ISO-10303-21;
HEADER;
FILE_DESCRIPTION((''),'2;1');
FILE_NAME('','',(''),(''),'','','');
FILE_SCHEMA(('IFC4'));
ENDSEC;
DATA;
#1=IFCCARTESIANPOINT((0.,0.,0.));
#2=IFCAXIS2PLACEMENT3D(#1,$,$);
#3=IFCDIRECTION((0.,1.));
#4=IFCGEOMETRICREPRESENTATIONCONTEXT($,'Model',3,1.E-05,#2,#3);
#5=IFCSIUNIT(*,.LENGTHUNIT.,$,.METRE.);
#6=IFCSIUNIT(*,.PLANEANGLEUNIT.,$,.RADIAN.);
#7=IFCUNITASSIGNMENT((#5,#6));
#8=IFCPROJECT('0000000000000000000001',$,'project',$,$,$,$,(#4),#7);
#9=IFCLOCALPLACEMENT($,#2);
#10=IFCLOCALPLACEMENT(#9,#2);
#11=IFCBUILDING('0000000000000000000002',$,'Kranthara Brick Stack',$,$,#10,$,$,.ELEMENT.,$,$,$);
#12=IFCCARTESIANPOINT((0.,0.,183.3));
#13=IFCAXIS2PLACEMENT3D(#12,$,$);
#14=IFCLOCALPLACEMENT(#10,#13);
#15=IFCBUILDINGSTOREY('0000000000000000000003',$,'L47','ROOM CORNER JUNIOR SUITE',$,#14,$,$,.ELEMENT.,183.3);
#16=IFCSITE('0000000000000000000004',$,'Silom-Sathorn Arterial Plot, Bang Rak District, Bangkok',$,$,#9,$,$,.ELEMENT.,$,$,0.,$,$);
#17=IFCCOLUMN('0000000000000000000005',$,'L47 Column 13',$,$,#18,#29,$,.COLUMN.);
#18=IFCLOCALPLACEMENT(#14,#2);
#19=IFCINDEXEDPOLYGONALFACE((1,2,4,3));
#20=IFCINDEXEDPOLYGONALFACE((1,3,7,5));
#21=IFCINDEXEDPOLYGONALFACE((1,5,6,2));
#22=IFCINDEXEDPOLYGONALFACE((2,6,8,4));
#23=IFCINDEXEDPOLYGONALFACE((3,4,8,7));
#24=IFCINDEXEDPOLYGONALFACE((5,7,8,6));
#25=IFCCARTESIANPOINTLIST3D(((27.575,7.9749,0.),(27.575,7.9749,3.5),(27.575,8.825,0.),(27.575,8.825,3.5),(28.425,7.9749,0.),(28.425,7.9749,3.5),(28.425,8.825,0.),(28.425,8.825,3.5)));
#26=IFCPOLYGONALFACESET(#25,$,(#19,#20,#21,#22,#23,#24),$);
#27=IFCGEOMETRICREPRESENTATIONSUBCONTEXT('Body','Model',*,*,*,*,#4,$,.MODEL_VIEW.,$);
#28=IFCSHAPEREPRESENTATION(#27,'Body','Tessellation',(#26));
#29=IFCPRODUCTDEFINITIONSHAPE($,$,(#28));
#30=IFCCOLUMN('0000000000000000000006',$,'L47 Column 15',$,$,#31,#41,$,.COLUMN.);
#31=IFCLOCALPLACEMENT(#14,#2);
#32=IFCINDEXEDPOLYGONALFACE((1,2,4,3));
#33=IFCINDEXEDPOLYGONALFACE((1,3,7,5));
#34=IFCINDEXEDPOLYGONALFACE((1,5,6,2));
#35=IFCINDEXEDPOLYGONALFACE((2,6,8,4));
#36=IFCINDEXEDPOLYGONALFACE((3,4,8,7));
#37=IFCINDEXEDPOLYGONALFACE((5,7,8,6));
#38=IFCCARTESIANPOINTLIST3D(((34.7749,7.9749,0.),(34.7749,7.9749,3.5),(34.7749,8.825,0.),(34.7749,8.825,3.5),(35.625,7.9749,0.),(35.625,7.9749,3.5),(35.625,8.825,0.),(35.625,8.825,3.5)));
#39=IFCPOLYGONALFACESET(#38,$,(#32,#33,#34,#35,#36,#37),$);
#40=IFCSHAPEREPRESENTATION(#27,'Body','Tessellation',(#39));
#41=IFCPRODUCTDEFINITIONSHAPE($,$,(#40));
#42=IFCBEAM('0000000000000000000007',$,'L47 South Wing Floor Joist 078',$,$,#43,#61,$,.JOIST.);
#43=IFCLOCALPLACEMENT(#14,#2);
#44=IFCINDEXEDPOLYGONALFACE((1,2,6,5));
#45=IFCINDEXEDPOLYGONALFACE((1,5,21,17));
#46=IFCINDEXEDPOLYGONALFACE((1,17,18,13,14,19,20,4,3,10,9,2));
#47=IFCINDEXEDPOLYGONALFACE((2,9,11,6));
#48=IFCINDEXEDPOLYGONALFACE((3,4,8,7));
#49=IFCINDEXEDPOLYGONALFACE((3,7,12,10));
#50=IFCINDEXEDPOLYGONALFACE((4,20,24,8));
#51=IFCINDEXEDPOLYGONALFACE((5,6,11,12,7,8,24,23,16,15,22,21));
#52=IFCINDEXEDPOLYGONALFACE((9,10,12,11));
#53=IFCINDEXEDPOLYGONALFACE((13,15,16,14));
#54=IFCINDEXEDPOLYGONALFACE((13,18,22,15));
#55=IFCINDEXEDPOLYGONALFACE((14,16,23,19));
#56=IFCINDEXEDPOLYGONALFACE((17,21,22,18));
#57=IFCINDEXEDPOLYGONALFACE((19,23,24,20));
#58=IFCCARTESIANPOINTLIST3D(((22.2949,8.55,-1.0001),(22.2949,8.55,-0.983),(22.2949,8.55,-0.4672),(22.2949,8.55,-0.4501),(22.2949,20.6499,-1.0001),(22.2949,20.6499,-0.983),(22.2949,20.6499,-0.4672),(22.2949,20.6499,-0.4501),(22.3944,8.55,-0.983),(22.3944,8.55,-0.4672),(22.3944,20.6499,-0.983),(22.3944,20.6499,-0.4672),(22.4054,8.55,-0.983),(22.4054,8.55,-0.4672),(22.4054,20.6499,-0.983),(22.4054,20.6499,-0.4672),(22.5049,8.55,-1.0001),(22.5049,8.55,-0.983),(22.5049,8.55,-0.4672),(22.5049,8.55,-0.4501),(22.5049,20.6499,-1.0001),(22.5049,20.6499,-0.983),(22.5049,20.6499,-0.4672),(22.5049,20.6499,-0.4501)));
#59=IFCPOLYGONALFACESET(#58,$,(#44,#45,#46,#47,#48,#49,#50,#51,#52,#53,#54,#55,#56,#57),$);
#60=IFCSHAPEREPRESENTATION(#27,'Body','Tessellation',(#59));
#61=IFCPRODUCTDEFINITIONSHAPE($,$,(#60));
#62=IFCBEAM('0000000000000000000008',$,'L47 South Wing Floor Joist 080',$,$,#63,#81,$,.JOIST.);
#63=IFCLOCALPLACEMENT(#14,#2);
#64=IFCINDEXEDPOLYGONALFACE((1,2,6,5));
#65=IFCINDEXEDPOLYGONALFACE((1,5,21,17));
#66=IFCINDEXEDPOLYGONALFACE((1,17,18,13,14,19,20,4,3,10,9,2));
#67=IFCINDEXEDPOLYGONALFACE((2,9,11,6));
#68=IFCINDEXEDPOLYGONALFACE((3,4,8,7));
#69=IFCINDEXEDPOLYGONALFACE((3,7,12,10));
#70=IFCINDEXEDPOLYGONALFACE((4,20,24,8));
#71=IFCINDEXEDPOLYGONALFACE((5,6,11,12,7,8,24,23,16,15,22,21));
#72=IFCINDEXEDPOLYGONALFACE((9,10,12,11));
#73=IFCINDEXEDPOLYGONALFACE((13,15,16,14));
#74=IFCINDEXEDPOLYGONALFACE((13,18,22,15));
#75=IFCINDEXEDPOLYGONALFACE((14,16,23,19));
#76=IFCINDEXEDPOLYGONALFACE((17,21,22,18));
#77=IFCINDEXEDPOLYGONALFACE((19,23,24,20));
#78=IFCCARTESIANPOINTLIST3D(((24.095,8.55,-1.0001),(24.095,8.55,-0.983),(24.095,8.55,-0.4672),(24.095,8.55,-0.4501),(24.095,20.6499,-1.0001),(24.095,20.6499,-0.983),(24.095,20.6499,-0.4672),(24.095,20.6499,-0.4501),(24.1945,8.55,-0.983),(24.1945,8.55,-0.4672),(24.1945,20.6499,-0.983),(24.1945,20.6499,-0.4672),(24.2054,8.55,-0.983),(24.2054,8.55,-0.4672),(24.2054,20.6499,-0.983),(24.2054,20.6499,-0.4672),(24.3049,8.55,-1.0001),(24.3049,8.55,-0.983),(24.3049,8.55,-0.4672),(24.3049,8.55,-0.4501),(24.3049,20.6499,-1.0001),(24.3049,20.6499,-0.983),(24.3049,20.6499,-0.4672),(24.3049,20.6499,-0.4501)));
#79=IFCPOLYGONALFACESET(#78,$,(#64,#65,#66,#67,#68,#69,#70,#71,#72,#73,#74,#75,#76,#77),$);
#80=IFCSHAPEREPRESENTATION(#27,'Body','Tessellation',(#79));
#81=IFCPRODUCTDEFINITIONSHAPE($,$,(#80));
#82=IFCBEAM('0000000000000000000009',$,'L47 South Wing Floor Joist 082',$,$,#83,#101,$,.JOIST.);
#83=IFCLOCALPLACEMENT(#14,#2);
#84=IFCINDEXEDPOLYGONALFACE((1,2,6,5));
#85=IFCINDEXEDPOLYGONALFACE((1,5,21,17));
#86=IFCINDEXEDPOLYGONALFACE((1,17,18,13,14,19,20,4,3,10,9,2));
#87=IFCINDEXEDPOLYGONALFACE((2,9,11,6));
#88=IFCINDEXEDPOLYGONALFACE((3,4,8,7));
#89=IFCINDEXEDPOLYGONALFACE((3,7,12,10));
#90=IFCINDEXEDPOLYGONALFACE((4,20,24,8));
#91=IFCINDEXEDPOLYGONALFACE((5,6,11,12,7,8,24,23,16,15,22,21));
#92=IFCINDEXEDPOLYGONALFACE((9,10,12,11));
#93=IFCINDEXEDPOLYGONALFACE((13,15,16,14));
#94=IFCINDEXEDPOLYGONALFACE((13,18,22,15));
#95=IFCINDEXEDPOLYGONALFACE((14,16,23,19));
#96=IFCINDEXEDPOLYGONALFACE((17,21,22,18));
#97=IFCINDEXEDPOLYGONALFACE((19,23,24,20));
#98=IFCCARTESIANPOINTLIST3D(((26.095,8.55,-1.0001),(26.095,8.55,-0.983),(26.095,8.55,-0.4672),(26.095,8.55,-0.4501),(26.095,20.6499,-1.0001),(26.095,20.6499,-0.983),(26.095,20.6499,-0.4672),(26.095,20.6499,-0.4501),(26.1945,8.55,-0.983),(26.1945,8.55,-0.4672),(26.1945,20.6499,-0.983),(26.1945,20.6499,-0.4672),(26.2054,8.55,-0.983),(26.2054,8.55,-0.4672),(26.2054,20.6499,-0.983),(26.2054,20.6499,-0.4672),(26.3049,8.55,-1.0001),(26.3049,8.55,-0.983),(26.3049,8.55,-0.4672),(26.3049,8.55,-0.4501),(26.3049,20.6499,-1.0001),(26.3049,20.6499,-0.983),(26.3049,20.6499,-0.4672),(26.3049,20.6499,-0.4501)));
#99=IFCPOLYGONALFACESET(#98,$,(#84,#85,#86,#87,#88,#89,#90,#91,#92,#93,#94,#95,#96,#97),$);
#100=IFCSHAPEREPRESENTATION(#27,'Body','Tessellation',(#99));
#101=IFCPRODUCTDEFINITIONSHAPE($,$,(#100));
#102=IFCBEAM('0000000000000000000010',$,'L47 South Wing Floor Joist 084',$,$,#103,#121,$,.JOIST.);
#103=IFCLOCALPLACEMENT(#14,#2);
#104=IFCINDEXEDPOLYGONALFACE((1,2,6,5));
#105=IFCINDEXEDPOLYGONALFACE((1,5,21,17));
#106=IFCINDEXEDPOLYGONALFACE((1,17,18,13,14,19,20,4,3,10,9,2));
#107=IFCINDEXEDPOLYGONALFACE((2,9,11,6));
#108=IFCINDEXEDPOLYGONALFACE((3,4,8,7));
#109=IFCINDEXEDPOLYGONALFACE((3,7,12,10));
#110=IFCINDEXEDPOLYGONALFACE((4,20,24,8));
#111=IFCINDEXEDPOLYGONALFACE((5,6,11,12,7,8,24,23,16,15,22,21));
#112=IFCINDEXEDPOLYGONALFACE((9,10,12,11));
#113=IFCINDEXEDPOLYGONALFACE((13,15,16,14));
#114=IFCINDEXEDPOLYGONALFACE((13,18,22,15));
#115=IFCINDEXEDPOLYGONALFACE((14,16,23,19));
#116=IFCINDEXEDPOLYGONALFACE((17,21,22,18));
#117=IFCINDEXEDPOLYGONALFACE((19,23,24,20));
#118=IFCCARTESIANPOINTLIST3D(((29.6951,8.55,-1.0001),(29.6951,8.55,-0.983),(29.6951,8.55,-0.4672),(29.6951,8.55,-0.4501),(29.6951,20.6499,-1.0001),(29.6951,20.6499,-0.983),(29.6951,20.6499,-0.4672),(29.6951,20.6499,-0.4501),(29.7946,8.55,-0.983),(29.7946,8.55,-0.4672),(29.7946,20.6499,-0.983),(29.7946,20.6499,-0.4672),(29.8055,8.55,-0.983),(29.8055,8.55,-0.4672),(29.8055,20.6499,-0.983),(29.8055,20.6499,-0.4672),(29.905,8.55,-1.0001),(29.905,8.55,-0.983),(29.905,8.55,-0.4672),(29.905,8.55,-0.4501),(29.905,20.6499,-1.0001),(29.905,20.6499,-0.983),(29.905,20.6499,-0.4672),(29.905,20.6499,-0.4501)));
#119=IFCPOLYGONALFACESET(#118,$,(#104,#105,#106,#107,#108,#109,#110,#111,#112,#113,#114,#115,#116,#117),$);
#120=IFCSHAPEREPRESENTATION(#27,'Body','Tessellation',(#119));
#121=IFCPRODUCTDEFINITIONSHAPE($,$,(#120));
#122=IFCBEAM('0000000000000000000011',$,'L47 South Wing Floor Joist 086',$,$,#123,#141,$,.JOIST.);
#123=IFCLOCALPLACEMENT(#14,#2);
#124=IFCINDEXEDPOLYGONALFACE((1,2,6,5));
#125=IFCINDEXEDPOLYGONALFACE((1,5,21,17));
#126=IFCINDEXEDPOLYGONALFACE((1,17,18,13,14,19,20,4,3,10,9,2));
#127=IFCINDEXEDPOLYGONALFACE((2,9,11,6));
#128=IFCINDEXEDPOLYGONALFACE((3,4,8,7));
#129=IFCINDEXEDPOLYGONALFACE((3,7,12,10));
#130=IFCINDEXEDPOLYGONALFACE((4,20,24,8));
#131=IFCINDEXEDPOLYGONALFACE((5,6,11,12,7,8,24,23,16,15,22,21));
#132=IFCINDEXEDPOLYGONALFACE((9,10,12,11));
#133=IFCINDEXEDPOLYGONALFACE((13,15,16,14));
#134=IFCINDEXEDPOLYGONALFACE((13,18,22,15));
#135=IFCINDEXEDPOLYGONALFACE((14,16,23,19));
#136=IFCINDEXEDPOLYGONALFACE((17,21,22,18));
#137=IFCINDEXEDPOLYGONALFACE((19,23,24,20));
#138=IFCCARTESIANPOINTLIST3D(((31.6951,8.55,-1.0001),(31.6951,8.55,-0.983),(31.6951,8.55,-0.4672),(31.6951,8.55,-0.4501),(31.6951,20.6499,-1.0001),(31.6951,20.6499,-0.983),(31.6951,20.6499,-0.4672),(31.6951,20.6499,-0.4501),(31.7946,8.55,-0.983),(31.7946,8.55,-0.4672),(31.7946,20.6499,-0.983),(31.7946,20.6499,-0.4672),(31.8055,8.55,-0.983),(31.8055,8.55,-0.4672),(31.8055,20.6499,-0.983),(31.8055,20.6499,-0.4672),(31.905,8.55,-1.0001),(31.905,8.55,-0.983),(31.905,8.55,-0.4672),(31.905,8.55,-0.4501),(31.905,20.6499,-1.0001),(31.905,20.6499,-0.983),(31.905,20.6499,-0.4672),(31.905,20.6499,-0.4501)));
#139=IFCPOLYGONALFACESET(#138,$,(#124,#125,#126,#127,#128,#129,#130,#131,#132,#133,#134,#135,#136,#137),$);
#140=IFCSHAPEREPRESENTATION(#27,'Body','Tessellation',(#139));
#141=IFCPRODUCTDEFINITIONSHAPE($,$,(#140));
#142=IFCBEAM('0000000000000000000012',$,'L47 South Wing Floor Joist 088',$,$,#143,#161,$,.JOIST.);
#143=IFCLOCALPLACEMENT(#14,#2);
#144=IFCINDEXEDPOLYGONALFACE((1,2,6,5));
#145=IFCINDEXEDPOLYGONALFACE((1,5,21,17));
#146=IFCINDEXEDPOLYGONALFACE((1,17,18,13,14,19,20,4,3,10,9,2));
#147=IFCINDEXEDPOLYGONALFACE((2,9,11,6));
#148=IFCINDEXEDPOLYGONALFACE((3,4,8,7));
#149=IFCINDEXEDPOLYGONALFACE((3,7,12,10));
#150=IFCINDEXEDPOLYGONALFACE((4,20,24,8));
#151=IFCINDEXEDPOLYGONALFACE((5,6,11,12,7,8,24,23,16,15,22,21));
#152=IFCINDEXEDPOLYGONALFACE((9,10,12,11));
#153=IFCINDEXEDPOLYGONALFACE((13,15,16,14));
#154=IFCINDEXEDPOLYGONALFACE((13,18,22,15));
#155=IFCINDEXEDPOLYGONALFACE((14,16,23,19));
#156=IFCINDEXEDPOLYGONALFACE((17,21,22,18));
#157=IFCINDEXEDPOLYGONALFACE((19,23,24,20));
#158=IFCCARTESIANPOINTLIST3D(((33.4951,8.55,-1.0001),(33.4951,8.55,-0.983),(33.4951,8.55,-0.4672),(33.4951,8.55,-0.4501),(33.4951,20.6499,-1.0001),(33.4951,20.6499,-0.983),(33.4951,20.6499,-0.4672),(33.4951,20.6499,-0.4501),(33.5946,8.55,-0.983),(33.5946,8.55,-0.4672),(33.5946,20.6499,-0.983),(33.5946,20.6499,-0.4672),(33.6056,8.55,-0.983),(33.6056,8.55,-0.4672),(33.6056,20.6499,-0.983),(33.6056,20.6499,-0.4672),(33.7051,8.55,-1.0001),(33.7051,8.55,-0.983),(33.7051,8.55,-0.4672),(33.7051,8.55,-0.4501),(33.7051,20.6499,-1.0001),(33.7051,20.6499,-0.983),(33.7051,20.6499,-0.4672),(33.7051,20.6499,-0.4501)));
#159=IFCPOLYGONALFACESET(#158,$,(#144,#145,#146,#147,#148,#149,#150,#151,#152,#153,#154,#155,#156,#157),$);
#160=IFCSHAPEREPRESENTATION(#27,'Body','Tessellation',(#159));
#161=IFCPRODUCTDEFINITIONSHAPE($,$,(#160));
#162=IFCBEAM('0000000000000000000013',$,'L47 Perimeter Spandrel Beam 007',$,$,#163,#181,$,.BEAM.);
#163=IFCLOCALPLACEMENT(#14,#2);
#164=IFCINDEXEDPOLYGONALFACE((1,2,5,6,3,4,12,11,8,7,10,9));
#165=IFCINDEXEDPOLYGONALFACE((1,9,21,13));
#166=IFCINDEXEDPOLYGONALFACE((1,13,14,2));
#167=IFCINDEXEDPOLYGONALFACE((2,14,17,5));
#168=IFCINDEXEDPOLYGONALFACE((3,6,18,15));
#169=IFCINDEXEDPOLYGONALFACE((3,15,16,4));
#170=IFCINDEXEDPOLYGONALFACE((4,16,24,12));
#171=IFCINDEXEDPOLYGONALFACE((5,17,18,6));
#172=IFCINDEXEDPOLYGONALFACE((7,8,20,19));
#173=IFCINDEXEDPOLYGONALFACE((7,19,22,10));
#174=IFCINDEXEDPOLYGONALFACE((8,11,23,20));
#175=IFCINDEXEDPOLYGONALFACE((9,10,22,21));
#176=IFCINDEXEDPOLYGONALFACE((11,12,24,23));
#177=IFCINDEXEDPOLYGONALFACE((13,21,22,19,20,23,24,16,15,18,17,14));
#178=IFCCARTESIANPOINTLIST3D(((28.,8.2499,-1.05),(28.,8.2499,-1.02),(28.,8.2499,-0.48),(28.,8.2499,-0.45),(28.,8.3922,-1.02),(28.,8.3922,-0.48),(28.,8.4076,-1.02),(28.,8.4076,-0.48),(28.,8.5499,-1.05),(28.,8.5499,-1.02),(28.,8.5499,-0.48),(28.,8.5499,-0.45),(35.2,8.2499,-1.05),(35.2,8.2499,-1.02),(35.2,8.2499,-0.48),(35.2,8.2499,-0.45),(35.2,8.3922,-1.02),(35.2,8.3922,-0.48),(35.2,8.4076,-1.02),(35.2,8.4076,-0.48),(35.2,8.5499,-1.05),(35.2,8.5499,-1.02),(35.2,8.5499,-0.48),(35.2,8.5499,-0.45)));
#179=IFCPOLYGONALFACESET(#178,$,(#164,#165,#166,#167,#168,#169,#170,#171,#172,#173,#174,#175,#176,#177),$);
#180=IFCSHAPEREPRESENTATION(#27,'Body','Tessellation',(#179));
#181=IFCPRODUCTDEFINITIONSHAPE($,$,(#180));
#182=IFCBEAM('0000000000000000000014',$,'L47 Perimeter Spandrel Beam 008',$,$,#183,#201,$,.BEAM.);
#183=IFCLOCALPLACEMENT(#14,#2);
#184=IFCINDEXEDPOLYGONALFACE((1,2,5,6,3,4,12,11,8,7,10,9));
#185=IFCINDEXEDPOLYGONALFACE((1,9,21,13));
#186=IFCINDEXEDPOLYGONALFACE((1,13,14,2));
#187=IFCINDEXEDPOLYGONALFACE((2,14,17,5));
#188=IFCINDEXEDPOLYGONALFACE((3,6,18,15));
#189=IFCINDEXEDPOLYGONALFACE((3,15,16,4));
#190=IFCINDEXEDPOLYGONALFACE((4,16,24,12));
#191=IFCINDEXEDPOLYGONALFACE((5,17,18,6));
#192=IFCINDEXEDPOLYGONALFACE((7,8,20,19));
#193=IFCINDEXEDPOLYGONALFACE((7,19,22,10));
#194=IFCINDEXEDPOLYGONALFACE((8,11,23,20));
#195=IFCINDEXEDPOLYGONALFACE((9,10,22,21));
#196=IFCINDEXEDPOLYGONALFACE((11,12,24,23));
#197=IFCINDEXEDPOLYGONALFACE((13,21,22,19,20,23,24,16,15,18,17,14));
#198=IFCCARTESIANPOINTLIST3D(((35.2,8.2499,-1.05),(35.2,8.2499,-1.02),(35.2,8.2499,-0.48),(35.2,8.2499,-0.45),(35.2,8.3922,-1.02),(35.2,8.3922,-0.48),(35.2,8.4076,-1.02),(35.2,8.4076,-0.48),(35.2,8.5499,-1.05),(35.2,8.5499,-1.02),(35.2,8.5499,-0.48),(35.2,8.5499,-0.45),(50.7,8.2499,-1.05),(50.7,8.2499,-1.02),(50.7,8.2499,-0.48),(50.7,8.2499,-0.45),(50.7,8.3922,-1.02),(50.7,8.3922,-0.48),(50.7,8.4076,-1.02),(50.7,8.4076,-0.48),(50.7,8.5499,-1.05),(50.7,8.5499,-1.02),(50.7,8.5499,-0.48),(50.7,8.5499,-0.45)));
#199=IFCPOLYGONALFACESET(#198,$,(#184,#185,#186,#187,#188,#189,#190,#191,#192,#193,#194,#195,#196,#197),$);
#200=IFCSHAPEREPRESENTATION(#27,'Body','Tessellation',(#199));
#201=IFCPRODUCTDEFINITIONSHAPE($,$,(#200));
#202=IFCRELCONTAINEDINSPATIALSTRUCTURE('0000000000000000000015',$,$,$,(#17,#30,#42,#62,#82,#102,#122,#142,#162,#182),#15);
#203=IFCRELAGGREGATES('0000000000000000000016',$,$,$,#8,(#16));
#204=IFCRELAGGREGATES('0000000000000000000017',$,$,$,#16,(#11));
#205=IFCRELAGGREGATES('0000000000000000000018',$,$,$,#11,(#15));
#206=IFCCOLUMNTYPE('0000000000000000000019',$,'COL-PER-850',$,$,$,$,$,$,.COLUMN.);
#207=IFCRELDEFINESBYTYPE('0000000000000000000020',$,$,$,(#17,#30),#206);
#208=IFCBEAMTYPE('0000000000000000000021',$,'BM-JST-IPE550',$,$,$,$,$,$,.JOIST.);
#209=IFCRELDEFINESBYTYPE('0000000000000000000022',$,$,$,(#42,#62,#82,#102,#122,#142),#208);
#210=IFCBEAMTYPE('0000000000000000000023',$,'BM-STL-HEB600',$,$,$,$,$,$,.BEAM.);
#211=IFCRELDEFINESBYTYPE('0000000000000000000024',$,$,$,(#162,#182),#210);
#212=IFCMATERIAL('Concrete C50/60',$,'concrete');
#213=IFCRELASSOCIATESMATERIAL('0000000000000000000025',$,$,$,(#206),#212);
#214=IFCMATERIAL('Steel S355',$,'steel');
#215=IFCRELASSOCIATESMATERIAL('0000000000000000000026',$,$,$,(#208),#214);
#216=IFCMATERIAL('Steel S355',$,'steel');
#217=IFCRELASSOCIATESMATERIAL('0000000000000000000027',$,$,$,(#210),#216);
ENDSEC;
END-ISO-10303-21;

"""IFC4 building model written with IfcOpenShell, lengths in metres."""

from ifc_helpers import new_model, si_unit, direction, frame, origin, origin_2d, place, context, subcontext, project, spatial, rectangle, i_section, extrude, material, material_profile, profile_set, type_object, element, save


model = new_model("IFC4")

# Units and contexts
model_context = context("Model", 3, precision=1e-05, world=origin(), true_north=direction((0.0, 1.0)))
body_context = subcontext(model_context, "Body", "Model", "MODEL_VIEW")
ifc_project = project(units=[si_unit("LENGTHUNIT", "METRE"), si_unit("PLANEANGLEUNIT", "RADIAN")], contexts=[model_context])

# Site, building, storey
site_placement = place(None, origin())
site = spatial("IfcSite", under=ifc_project, at=site_placement, Name="Silom-Sathorn Arterial Plot, Bang Rak District, Bangkok", CompositionType="ELEMENT", RefElevation=0.0)
building_placement = place(site_placement, origin())
building = spatial("IfcBuilding", under=site, at=building_placement, Name="Kranthara Brick Stack", CompositionType="ELEMENT")
storey_placement = place(building_placement, frame((0.0, 0.0, 183.3)))
storey = spatial("IfcBuildingStorey", under=building, at=storey_placement, Name="L47", Description="ROOM CORNER JUNIOR SUITE", CompositionType="ELEMENT", Elevation=183.3)

# Columns
ifc_material_1 = material(Name="Concrete C50/60", Category="concrete")
ifc_material_profile_1 = material_profile(ifc_material_1, rectangle(XDim=0.8501, YDim=0.8501, at=origin_2d()), Name="RC 850x850")
ifc_profile_set_1 = profile_set([ifc_material_profile_1], Name="Concrete C50/60")
column_type = type_object("IfcColumnType", Name="COL-PER-850", PredefinedType="COLUMN", material=ifc_profile_set_1)
for number, where, z_axis, x_axis, name in (
    (1, (28.0, 8.3999, 0.0), (0.0, 0.0, 1.0), (1.0, 0.0, 0.0), "L47 Column 13"),
    (2, (35.2, 8.3999, 0.0), (0.0, 0.0, 1.0), (1.0, 0.0, 0.0), "L47 Column 15"),
):
    element("IfcColumn", number, at=place(storey_placement, frame(where, z_axis=z_axis, x_axis=x_axis)), inside=storey, type_object=column_type, Name=name, PredefinedType="COLUMN", context=body_context, shape_type="SweptSolid", body=[
        extrude(rectangle(XDim=0.8501, YDim=0.8501, at=origin_2d()), origin(), (0.0, 0.0, 1.0), 3.5),
    ])

# Beams
ifc_material_2 = material(Name="Steel S355", Category="steel")
ifc_material_profile_2 = material_profile(ifc_material_2, i_section(OverallWidth=0.21, OverallDepth=0.55, WebThickness=0.011, FlangeThickness=0.0171, at=origin_2d()), Name="IPE 550")
ifc_profile_set_2 = profile_set([ifc_material_profile_2], Name="Steel S355")
beam_type_1 = type_object("IfcBeamType", Name="BM-JST-IPE550", PredefinedType="JOIST", material=ifc_profile_set_2)
for number, where, z_axis, x_axis, name in (
    (3, (22.3999, 8.55, -0.7251), (0.0, 1.0, 0.0), (-1.0, 0.0, 0.0), "L47 South Wing Floor Joist 078"),
    (4, (24.2, 8.55, -0.7251), (0.0, 1.0, 0.0), (-1.0, 0.0, 0.0), "L47 South Wing Floor Joist 080"),
    (5, (26.2, 8.55, -0.7251), (0.0, 1.0, 0.0), (-1.0, 0.0, 0.0), "L47 South Wing Floor Joist 082"),
    (6, (29.8, 8.55, -0.7251), (0.0, 1.0, 0.0), (-1.0, 0.0, 0.0), "L47 South Wing Floor Joist 084"),
    (7, (31.8, 8.55, -0.7251), (0.0, 1.0, 0.0), (-1.0, 0.0, 0.0), "L47 South Wing Floor Joist 086"),
    (8, (33.6001, 8.55, -0.7251), (0.0, 1.0, 0.0), (-1.0, 0.0, 0.0), "L47 South Wing Floor Joist 088"),
):
    element("IfcBeam", number, at=place(storey_placement, frame(where, z_axis=z_axis, x_axis=x_axis)), inside=storey, type_object=beam_type_1, Name=name, PredefinedType="JOIST", context=body_context, shape_type="SweptSolid", body=[
        extrude(i_section(OverallWidth=0.21, OverallDepth=0.55, WebThickness=0.011, FlangeThickness=0.0171, at=origin_2d()), origin(), (0.0, 0.0, 1.0), 12.0999),
    ])
ifc_material_3 = material(Name="Steel S355", Category="steel")
ifc_material_profile_3 = material_profile(ifc_material_3, i_section(OverallWidth=0.3, OverallDepth=0.6001, WebThickness=0.0154, FlangeThickness=0.03, at=origin_2d()), Name="HEB 600")
ifc_profile_set_3 = profile_set([ifc_material_profile_3], Name="Steel S355")
beam_type_2 = type_object("IfcBeamType", Name="BM-STL-HEB600", PredefinedType="BEAM", material=ifc_profile_set_3)
beam_1_placement = place(storey_placement, frame((28.0, 8.3999, -0.75), z_axis=(1.0, 0.0, 0.0), x_axis=(0.0, 1.0, 0.0)))
element("IfcBeam", 9, at=beam_1_placement, inside=storey, type_object=beam_type_2, Name="L47 Perimeter Spandrel Beam 007", PredefinedType="BEAM", context=body_context, shape_type="SweptSolid", body=[
    extrude(i_section(OverallWidth=0.3, OverallDepth=0.6001, WebThickness=0.0154, FlangeThickness=0.03, at=origin_2d()), origin(), (0.0, 0.0, 1.0), 7.2),
])
beam_2_placement = place(storey_placement, frame((35.2, 8.3999, -0.75), z_axis=(1.0, 0.0, 0.0), x_axis=(0.0, 1.0, 0.0)))
element("IfcBeam", 10, at=beam_2_placement, inside=storey, type_object=beam_type_2, Name="L47 Perimeter Spandrel Beam 008", PredefinedType="BEAM", context=body_context, shape_type="SweptSolid", body=[
    extrude(i_section(OverallWidth=0.3, OverallDepth=0.6001, WebThickness=0.0154, FlangeThickness=0.03, at=origin_2d()), origin(), (0.0, 0.0, 1.0), 15.5),
])

save(model, "model.ifc")
